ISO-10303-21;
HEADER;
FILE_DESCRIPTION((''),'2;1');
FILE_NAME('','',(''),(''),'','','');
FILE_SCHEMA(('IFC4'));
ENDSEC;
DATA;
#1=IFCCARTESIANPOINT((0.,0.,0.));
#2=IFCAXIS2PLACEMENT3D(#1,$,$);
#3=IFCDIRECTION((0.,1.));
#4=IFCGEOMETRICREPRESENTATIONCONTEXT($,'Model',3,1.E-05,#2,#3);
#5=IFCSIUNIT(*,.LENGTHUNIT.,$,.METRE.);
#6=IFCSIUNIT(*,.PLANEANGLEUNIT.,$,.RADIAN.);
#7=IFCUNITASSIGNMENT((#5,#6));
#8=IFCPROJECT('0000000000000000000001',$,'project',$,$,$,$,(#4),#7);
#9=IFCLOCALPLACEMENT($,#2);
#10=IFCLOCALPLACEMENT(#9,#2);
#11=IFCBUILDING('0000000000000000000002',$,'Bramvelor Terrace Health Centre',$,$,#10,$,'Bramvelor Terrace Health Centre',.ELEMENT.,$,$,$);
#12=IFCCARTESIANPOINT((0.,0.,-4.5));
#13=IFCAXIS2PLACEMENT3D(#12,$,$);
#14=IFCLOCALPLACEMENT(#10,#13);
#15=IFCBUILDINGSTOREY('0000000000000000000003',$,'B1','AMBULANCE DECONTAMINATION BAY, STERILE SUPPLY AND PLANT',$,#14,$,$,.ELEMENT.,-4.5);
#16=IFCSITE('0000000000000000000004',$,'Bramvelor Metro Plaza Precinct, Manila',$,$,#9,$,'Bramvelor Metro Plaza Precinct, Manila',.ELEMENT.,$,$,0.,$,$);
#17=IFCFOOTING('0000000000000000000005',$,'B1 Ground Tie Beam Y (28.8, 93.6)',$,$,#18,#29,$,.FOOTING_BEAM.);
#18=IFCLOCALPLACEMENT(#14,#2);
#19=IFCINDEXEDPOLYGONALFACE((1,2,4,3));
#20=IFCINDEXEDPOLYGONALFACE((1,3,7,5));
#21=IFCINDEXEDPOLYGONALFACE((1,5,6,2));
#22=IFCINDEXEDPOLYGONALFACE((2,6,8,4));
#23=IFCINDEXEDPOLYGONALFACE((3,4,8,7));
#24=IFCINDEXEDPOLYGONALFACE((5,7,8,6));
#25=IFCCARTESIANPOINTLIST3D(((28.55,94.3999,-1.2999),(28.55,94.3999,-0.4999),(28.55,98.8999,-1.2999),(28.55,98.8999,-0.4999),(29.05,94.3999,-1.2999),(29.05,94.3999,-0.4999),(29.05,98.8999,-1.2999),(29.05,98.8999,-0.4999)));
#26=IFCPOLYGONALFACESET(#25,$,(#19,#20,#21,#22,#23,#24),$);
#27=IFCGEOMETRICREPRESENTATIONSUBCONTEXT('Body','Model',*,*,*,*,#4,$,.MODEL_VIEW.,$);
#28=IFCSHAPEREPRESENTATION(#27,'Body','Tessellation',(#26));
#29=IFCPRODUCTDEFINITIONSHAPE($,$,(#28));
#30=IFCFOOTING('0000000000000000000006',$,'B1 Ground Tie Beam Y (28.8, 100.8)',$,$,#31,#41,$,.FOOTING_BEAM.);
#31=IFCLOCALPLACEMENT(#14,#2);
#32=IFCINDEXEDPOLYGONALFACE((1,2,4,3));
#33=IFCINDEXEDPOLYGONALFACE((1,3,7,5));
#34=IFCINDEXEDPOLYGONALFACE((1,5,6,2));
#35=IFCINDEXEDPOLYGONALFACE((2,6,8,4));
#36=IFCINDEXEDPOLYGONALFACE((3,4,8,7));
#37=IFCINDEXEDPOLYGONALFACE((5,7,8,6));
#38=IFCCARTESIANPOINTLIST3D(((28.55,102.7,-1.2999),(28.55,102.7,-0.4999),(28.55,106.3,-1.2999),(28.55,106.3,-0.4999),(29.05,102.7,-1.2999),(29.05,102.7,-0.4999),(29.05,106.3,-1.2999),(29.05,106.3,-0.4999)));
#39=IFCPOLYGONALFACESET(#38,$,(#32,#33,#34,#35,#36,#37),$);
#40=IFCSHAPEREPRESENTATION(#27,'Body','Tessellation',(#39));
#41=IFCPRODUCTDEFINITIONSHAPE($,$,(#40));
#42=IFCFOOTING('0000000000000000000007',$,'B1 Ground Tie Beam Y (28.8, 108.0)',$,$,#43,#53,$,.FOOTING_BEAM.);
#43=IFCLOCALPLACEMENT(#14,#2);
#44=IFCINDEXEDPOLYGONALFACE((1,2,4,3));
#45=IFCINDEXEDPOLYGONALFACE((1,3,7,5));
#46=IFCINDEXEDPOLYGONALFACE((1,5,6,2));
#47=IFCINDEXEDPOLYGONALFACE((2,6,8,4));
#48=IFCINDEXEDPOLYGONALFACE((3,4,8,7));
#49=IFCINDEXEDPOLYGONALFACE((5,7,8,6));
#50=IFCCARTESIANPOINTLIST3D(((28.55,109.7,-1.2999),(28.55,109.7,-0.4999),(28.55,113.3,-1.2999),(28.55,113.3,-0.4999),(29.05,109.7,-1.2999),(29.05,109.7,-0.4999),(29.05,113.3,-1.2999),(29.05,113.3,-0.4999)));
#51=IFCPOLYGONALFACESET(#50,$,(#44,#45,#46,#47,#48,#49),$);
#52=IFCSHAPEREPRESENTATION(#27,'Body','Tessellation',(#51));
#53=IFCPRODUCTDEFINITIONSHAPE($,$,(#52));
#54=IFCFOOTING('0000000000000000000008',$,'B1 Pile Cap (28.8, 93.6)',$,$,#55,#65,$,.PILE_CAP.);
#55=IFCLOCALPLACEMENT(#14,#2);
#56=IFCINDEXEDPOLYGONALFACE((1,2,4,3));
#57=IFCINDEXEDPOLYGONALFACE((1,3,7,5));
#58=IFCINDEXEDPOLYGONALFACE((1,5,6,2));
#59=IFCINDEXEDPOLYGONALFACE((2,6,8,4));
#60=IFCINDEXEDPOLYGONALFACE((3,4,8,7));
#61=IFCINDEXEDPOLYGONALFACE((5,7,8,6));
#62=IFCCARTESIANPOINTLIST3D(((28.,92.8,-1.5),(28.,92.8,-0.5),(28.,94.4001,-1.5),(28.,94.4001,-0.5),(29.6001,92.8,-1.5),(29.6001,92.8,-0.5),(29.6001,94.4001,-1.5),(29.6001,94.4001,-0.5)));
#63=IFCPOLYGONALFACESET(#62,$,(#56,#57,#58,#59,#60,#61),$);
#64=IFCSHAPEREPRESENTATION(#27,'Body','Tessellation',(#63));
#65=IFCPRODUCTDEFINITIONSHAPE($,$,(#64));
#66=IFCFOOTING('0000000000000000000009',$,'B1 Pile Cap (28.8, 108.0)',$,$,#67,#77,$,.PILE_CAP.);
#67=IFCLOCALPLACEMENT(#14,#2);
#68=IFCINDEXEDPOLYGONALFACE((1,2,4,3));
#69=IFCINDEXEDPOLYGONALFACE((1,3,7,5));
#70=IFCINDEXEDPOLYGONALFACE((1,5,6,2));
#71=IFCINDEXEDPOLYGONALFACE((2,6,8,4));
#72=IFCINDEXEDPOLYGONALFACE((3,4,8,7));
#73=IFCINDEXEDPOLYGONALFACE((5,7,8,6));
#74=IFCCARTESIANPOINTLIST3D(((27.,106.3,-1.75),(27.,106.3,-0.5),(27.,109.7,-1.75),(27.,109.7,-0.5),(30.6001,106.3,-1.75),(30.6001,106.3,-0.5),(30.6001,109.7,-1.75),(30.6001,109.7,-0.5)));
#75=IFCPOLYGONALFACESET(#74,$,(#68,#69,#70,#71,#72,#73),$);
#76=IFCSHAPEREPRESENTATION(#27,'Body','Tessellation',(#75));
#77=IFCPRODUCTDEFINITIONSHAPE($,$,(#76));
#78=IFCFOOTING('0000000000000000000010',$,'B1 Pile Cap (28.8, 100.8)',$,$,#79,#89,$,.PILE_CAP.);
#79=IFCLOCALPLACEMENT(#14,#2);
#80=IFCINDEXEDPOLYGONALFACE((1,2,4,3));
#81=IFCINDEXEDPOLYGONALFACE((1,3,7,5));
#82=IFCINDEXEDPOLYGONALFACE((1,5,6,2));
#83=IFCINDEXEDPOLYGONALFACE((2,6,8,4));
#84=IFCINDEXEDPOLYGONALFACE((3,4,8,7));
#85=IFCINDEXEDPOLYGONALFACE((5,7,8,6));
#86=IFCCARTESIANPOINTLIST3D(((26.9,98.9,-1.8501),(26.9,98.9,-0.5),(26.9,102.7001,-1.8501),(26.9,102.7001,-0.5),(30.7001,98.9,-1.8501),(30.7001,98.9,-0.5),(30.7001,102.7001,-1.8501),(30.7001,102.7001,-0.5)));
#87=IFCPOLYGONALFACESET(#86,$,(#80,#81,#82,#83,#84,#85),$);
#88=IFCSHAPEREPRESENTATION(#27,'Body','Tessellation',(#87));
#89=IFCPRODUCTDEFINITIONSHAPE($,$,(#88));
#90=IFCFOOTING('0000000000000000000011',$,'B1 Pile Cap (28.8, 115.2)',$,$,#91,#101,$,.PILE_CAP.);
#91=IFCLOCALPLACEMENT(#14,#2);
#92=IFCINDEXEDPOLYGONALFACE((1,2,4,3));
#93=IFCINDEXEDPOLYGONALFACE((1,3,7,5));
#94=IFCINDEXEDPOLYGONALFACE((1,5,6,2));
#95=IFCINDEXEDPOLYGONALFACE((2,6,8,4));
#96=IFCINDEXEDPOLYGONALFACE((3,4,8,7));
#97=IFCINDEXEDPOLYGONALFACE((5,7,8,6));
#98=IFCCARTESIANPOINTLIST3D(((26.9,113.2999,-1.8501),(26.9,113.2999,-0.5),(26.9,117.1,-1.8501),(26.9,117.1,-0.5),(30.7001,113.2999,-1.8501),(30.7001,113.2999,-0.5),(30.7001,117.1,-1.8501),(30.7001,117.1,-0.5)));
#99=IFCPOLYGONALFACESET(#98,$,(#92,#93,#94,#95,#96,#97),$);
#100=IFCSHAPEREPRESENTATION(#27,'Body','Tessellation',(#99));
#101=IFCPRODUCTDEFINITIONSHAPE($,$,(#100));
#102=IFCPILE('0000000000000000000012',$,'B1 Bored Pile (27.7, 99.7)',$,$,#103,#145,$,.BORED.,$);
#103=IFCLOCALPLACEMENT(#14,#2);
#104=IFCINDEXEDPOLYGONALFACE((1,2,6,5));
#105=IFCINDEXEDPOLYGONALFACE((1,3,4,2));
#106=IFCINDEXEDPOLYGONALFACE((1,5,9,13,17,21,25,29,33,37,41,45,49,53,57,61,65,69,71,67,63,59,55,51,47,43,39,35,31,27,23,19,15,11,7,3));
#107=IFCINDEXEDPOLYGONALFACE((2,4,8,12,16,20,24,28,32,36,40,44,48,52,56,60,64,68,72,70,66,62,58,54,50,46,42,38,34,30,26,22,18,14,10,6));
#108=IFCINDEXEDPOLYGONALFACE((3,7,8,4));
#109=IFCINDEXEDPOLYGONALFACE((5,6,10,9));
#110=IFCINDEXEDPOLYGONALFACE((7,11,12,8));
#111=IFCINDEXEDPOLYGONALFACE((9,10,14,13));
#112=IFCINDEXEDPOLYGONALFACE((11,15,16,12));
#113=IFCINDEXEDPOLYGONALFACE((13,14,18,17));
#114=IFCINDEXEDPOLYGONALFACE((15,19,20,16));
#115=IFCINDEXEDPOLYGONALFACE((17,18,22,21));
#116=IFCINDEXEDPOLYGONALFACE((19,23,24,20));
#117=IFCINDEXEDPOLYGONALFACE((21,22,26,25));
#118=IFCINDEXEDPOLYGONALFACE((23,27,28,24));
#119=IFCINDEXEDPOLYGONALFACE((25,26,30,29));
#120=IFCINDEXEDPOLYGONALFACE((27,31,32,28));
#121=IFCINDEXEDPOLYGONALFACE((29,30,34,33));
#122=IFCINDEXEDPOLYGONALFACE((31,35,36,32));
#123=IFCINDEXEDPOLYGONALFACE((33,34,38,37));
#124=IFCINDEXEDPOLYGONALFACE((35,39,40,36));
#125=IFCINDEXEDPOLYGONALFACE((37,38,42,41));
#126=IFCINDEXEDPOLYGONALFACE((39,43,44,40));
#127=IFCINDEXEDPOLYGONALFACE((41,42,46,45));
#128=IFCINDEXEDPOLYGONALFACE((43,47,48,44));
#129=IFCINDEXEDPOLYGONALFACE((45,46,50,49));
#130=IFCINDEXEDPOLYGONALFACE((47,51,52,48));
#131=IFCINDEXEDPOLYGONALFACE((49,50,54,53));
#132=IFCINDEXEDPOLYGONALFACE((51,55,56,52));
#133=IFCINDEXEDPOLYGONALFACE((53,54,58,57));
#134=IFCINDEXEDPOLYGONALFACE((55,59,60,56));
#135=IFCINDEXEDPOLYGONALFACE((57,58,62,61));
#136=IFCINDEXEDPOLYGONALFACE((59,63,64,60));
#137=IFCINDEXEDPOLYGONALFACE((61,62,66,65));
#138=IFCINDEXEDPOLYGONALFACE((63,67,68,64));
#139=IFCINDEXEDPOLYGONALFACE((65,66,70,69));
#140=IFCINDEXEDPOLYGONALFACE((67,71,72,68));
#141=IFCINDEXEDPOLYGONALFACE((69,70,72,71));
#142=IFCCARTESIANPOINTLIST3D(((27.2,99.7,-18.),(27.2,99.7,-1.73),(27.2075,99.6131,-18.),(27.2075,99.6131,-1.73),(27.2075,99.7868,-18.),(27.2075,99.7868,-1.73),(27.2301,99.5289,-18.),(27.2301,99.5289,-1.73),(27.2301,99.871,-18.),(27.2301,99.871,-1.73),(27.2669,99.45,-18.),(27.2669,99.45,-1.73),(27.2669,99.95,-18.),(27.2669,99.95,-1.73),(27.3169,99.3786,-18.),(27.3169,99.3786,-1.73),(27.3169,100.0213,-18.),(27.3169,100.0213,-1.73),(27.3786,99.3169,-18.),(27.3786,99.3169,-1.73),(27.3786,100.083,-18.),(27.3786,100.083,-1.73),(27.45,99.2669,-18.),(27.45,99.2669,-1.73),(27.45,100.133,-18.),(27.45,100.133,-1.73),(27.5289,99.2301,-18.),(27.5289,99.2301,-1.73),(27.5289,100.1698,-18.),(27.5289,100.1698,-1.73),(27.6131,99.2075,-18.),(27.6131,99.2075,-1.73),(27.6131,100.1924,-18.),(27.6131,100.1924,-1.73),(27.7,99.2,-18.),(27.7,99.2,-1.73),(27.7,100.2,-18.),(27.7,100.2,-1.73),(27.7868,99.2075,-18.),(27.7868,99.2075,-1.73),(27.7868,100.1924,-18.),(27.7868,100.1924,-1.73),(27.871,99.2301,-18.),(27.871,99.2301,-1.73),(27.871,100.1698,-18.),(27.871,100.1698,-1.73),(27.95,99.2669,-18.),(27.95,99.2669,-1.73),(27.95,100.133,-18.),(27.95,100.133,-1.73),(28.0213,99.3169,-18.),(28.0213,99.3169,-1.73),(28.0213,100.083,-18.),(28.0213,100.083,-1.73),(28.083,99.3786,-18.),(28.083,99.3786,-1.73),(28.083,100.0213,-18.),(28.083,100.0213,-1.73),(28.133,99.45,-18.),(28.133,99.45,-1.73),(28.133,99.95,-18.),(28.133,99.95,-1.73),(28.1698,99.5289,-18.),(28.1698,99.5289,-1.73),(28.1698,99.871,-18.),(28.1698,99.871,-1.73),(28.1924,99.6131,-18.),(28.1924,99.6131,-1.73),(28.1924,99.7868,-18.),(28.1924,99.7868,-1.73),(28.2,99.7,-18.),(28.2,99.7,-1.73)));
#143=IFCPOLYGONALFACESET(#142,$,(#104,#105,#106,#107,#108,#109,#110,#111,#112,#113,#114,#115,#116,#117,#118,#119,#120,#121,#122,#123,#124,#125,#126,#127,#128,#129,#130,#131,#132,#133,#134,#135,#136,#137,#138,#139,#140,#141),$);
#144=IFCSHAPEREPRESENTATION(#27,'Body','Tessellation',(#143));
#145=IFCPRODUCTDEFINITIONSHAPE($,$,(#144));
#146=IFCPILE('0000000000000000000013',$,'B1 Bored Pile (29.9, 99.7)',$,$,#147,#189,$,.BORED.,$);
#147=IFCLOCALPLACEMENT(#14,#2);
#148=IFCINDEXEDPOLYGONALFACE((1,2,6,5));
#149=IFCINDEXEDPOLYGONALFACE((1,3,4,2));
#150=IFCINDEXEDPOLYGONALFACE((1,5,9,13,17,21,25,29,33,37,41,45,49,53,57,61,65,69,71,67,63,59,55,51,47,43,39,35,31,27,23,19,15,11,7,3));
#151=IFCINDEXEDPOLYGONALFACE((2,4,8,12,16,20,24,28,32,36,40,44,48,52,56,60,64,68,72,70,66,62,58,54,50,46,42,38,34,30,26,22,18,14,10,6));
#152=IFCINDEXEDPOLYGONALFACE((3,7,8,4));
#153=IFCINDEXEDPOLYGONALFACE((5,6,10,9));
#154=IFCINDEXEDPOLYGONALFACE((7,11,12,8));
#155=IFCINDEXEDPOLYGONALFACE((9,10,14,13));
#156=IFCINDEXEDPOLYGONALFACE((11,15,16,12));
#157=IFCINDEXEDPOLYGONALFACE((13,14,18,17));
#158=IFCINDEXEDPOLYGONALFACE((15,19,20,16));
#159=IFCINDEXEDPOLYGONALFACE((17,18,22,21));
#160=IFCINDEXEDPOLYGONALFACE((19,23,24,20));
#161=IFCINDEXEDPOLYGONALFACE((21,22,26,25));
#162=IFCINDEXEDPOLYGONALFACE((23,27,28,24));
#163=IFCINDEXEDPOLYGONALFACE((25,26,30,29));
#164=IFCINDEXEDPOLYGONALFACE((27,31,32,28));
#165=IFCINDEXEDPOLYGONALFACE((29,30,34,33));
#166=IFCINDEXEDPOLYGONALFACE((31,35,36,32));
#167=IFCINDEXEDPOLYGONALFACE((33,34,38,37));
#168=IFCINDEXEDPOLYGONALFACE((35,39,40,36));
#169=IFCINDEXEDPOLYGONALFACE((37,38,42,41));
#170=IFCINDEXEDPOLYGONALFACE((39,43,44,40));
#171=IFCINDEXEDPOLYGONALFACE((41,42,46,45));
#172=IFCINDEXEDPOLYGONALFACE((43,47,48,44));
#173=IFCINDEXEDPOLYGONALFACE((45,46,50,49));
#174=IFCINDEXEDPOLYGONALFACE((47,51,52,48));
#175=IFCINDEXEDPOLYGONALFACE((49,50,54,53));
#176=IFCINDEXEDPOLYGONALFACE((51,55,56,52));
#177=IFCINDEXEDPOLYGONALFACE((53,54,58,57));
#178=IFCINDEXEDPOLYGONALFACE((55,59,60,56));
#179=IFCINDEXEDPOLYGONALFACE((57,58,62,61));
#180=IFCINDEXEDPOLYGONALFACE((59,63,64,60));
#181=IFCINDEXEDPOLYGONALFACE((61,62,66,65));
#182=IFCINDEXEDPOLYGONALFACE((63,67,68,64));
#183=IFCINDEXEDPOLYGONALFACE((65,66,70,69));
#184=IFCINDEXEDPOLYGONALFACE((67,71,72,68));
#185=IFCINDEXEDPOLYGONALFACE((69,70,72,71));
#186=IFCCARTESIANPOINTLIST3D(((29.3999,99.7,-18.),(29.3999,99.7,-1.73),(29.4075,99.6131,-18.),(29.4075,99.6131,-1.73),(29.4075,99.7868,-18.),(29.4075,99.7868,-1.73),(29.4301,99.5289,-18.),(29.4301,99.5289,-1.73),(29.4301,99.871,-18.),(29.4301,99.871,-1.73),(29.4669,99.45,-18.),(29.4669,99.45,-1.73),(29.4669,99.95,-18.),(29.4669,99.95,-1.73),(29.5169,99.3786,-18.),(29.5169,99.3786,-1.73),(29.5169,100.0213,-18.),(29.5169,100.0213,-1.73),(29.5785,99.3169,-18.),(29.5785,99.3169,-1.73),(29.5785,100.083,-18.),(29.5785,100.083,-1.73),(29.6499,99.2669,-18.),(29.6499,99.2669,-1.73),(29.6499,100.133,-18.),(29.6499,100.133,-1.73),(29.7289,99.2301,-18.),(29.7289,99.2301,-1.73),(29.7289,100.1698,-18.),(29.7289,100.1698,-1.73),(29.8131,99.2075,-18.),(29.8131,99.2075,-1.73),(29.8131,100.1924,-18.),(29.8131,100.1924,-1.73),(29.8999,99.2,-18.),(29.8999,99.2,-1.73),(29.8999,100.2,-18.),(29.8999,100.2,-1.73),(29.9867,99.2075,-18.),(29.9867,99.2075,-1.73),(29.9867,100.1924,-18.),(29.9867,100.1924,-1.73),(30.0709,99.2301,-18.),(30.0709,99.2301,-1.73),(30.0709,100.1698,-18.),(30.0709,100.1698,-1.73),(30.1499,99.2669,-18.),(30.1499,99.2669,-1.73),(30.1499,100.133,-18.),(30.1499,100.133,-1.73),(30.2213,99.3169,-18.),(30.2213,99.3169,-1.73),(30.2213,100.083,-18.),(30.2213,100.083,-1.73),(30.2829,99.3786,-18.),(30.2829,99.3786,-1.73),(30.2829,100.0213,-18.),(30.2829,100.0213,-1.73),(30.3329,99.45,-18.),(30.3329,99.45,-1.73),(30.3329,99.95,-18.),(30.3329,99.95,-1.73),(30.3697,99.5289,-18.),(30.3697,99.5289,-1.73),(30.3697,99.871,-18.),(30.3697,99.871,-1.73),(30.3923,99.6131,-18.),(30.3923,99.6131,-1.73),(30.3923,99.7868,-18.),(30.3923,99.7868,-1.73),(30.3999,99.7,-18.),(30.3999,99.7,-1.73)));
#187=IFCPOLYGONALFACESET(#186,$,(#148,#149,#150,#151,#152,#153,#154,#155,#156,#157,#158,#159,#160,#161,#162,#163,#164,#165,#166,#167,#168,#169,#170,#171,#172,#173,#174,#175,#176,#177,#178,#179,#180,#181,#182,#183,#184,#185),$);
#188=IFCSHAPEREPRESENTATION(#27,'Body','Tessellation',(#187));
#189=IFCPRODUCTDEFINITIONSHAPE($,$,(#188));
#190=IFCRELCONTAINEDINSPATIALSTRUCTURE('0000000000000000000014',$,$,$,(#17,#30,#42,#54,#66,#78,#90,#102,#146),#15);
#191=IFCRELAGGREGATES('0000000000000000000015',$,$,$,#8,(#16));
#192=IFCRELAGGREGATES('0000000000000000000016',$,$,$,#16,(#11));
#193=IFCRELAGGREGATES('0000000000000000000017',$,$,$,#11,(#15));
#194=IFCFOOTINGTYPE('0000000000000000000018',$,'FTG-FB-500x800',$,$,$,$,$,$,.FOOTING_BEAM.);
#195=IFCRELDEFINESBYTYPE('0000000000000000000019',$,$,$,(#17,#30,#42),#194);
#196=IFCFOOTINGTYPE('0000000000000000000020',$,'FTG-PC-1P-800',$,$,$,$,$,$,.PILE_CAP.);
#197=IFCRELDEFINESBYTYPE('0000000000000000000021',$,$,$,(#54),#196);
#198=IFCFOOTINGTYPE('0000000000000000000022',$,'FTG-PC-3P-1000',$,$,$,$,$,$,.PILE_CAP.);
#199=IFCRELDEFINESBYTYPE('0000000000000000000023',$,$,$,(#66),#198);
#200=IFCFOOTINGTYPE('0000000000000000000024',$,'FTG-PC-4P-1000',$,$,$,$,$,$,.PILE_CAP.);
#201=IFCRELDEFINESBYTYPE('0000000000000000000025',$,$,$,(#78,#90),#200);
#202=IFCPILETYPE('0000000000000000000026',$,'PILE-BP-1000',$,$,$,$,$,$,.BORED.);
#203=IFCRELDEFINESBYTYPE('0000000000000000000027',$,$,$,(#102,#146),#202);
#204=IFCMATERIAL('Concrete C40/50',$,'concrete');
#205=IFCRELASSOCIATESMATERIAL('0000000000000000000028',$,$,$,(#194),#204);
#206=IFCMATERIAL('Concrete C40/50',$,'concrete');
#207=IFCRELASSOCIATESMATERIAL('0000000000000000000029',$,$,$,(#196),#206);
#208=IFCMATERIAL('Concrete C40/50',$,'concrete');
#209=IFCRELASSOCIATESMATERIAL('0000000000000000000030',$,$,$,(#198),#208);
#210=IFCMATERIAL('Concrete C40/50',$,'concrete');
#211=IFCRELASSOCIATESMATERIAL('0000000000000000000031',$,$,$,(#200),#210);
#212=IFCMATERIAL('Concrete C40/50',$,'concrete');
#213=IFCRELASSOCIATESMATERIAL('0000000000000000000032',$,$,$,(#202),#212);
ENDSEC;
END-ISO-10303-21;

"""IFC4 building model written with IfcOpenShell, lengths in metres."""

from ifc_helpers import new_model, si_unit, direction, frame, origin, origin_2d, place, context, subcontext, project, spatial, rectangle, circle, extrude, material, material_profile, profile_set, type_object, element, save


model = new_model("IFC4")

# Units and contexts
model_context = context("Model", 3, precision=1e-05, world=origin(), true_north=direction((0.0, 1.0)))
body_context = subcontext(model_context, "Body", "Model", "MODEL_VIEW")
ifc_project = project(units=[si_unit("LENGTHUNIT", "METRE"), si_unit("PLANEANGLEUNIT", "RADIAN")], contexts=[model_context])

# Site, building, storey
site_placement = place(None, origin())
site = spatial("IfcSite", under=ifc_project, at=site_placement, Name="Bramvelor Metro Plaza Precinct, Manila", LongName="Bramvelor Metro Plaza Precinct, Manila", CompositionType="ELEMENT", RefElevation=0.0)
building_placement = place(site_placement, origin())
building = spatial("IfcBuilding", under=site, at=building_placement, Name="Bramvelor Terrace Health Centre", LongName="Bramvelor Terrace Health Centre", CompositionType="ELEMENT")
storey_placement = place(building_placement, frame((0.0, 0.0, -4.5)))
storey = spatial("IfcBuildingStorey", under=building, at=storey_placement, Name="B1", Description="AMBULANCE DECONTAMINATION BAY, STERILE SUPPLY AND PLANT", CompositionType="ELEMENT", Elevation=-4.5)

# Footings
ifc_material_1 = material(Name="Concrete C40/50", Category="concrete")
ifc_material_profile_1 = material_profile(ifc_material_1, rectangle(XDim=0.5, YDim=0.8, at=origin_2d()), Name="RC 500x800")
ifc_profile_set_1 = profile_set([ifc_material_profile_1], Name="Concrete C40/50")
footing_type_1 = type_object("IfcFootingType", Name="FTG-FB-500x800", PredefinedType="FOOTING_BEAM", material=ifc_profile_set_1)
footing_1_placement = place(storey_placement, frame((28.8, 94.3999, -0.8999), z_axis=(0.0, 1.0, 0.0), x_axis=(-1.0, 0.0, 0.0)))
element("IfcFooting", 1, at=footing_1_placement, inside=storey, type_object=footing_type_1, Name="B1 Ground Tie Beam Y (28.8, 93.6)", PredefinedType="FOOTING_BEAM", context=body_context, shape_type="SweptSolid", body=[
    extrude(rectangle(XDim=0.5, YDim=0.8, at=origin_2d()), origin(), (0.0, 0.0, 1.0), 4.5),
])
for number, where, z_axis, x_axis, name in (
    (2, (28.8, 102.7, -0.8999), (0.0, 1.0, 0.0), (-1.0, 0.0, 0.0), "B1 Ground Tie Beam Y (28.8, 100.8)"),
    (3, (28.8, 109.7, -0.8999), (0.0, 1.0, 0.0), (-1.0, 0.0, 0.0), "B1 Ground Tie Beam Y (28.8, 108.0)"),
):
    element("IfcFooting", number, at=place(storey_placement, frame(where, z_axis=z_axis, x_axis=x_axis)), inside=storey, type_object=footing_type_1, Name=name, PredefinedType="FOOTING_BEAM", context=body_context, shape_type="SweptSolid", body=[
        extrude(rectangle(XDim=0.5, YDim=0.8, at=origin_2d()), origin(), (0.0, 0.0, 1.0), 3.6001),
    ])
ifc_material_2 = material(Name="Concrete C40/50", Category="concrete")
footing_type_2 = type_object("IfcFootingType", Name="FTG-PC-1P-800", PredefinedType="PILE_CAP", material=ifc_material_2)
footing_2_placement = place(storey_placement, frame((28.8, 93.6001, -1.5), z_axis=(0.0, 0.0, 1.0), x_axis=(1.0, 0.0, 0.0)))
element("IfcFooting", 4, at=footing_2_placement, inside=storey, type_object=footing_type_2, Name="B1 Pile Cap (28.8, 93.6)", PredefinedType="PILE_CAP", context=body_context, shape_type="SweptSolid", body=[
    extrude(rectangle(XDim=1.6001, YDim=1.6001, at=origin_2d()), origin(), (0.0, 0.0, 1.0), 1.0),
])
ifc_material_3 = material(Name="Concrete C40/50", Category="concrete")
footing_type_3 = type_object("IfcFootingType", Name="FTG-PC-3P-1000", PredefinedType="PILE_CAP", material=ifc_material_3)
footing_3_placement = place(storey_placement, frame((28.8, 108.0, -1.75), z_axis=(0.0, 0.0, 1.0), x_axis=(1.0, 0.0, 0.0)))
element("IfcFooting", 5, at=footing_3_placement, inside=storey, type_object=footing_type_3, Name="B1 Pile Cap (28.8, 108.0)", PredefinedType="PILE_CAP", context=body_context, shape_type="SweptSolid", body=[
    extrude(rectangle(XDim=3.6001, YDim=3.3999, at=origin_2d()), origin(), (0.0, 0.0, 1.0), 1.25),
])
ifc_material_4 = material(Name="Concrete C40/50", Category="concrete")
footing_type_4 = type_object("IfcFootingType", Name="FTG-PC-4P-1000", PredefinedType="PILE_CAP", material=ifc_material_4)
for number, where, z_axis, x_axis, name in (
    (6, (28.8, 100.8, -1.8501), (0.0, 0.0, 1.0), (1.0, 0.0, 0.0), "B1 Pile Cap (28.8, 100.8)"),
    (7, (28.8, 115.2, -1.8501), (0.0, 0.0, 1.0), (1.0, 0.0, 0.0), "B1 Pile Cap (28.8, 115.2)"),
):
    element("IfcFooting", number, at=place(storey_placement, frame(where, z_axis=z_axis, x_axis=x_axis)), inside=storey, type_object=footing_type_4, Name=name, PredefinedType="PILE_CAP", context=body_context, shape_type="SweptSolid", body=[
        extrude(rectangle(XDim=3.8, YDim=3.8, at=origin_2d()), origin(), (0.0, 0.0, 1.0), 1.3501),
    ])

# Piles
ifc_material_5 = material(Name="Concrete C40/50", Category="concrete")
ifc_material_profile_2 = material_profile(ifc_material_5, circle(Radius=0.5, at=origin_2d()), Name="BP D1000")
ifc_profile_set_2 = profile_set([ifc_material_profile_2], Name="Concrete C40/50")
pile_type_1 = type_object("IfcPileType", Name="PILE-BP-1000", PredefinedType="BORED", material=ifc_profile_set_2)
for number, where, z_axis, x_axis, name in (
    (8, (27.7, 99.7, -1.73), (0.0, 0.0, -1.0), (1.0, 0.0, 0.0), "B1 Bored Pile (27.7, 99.7)"),
    (9, (29.8999, 99.7, -1.73), (0.0, 0.0, -1.0), (1.0, 0.0, 0.0), "B1 Bored Pile (29.9, 99.7)"),
):
    element("IfcPile", number, at=place(storey_placement, frame(where, z_axis=z_axis, x_axis=x_axis)), inside=storey, type_object=pile_type_1, Name=name, PredefinedType="BORED", context=body_context, shape_type="SweptSolid", body=[
        extrude(circle(Radius=0.5, at=origin_2d()), origin(), (0.0, 0.0, 1.0), 16.27),
    ])

save(model, "model.ifc")
